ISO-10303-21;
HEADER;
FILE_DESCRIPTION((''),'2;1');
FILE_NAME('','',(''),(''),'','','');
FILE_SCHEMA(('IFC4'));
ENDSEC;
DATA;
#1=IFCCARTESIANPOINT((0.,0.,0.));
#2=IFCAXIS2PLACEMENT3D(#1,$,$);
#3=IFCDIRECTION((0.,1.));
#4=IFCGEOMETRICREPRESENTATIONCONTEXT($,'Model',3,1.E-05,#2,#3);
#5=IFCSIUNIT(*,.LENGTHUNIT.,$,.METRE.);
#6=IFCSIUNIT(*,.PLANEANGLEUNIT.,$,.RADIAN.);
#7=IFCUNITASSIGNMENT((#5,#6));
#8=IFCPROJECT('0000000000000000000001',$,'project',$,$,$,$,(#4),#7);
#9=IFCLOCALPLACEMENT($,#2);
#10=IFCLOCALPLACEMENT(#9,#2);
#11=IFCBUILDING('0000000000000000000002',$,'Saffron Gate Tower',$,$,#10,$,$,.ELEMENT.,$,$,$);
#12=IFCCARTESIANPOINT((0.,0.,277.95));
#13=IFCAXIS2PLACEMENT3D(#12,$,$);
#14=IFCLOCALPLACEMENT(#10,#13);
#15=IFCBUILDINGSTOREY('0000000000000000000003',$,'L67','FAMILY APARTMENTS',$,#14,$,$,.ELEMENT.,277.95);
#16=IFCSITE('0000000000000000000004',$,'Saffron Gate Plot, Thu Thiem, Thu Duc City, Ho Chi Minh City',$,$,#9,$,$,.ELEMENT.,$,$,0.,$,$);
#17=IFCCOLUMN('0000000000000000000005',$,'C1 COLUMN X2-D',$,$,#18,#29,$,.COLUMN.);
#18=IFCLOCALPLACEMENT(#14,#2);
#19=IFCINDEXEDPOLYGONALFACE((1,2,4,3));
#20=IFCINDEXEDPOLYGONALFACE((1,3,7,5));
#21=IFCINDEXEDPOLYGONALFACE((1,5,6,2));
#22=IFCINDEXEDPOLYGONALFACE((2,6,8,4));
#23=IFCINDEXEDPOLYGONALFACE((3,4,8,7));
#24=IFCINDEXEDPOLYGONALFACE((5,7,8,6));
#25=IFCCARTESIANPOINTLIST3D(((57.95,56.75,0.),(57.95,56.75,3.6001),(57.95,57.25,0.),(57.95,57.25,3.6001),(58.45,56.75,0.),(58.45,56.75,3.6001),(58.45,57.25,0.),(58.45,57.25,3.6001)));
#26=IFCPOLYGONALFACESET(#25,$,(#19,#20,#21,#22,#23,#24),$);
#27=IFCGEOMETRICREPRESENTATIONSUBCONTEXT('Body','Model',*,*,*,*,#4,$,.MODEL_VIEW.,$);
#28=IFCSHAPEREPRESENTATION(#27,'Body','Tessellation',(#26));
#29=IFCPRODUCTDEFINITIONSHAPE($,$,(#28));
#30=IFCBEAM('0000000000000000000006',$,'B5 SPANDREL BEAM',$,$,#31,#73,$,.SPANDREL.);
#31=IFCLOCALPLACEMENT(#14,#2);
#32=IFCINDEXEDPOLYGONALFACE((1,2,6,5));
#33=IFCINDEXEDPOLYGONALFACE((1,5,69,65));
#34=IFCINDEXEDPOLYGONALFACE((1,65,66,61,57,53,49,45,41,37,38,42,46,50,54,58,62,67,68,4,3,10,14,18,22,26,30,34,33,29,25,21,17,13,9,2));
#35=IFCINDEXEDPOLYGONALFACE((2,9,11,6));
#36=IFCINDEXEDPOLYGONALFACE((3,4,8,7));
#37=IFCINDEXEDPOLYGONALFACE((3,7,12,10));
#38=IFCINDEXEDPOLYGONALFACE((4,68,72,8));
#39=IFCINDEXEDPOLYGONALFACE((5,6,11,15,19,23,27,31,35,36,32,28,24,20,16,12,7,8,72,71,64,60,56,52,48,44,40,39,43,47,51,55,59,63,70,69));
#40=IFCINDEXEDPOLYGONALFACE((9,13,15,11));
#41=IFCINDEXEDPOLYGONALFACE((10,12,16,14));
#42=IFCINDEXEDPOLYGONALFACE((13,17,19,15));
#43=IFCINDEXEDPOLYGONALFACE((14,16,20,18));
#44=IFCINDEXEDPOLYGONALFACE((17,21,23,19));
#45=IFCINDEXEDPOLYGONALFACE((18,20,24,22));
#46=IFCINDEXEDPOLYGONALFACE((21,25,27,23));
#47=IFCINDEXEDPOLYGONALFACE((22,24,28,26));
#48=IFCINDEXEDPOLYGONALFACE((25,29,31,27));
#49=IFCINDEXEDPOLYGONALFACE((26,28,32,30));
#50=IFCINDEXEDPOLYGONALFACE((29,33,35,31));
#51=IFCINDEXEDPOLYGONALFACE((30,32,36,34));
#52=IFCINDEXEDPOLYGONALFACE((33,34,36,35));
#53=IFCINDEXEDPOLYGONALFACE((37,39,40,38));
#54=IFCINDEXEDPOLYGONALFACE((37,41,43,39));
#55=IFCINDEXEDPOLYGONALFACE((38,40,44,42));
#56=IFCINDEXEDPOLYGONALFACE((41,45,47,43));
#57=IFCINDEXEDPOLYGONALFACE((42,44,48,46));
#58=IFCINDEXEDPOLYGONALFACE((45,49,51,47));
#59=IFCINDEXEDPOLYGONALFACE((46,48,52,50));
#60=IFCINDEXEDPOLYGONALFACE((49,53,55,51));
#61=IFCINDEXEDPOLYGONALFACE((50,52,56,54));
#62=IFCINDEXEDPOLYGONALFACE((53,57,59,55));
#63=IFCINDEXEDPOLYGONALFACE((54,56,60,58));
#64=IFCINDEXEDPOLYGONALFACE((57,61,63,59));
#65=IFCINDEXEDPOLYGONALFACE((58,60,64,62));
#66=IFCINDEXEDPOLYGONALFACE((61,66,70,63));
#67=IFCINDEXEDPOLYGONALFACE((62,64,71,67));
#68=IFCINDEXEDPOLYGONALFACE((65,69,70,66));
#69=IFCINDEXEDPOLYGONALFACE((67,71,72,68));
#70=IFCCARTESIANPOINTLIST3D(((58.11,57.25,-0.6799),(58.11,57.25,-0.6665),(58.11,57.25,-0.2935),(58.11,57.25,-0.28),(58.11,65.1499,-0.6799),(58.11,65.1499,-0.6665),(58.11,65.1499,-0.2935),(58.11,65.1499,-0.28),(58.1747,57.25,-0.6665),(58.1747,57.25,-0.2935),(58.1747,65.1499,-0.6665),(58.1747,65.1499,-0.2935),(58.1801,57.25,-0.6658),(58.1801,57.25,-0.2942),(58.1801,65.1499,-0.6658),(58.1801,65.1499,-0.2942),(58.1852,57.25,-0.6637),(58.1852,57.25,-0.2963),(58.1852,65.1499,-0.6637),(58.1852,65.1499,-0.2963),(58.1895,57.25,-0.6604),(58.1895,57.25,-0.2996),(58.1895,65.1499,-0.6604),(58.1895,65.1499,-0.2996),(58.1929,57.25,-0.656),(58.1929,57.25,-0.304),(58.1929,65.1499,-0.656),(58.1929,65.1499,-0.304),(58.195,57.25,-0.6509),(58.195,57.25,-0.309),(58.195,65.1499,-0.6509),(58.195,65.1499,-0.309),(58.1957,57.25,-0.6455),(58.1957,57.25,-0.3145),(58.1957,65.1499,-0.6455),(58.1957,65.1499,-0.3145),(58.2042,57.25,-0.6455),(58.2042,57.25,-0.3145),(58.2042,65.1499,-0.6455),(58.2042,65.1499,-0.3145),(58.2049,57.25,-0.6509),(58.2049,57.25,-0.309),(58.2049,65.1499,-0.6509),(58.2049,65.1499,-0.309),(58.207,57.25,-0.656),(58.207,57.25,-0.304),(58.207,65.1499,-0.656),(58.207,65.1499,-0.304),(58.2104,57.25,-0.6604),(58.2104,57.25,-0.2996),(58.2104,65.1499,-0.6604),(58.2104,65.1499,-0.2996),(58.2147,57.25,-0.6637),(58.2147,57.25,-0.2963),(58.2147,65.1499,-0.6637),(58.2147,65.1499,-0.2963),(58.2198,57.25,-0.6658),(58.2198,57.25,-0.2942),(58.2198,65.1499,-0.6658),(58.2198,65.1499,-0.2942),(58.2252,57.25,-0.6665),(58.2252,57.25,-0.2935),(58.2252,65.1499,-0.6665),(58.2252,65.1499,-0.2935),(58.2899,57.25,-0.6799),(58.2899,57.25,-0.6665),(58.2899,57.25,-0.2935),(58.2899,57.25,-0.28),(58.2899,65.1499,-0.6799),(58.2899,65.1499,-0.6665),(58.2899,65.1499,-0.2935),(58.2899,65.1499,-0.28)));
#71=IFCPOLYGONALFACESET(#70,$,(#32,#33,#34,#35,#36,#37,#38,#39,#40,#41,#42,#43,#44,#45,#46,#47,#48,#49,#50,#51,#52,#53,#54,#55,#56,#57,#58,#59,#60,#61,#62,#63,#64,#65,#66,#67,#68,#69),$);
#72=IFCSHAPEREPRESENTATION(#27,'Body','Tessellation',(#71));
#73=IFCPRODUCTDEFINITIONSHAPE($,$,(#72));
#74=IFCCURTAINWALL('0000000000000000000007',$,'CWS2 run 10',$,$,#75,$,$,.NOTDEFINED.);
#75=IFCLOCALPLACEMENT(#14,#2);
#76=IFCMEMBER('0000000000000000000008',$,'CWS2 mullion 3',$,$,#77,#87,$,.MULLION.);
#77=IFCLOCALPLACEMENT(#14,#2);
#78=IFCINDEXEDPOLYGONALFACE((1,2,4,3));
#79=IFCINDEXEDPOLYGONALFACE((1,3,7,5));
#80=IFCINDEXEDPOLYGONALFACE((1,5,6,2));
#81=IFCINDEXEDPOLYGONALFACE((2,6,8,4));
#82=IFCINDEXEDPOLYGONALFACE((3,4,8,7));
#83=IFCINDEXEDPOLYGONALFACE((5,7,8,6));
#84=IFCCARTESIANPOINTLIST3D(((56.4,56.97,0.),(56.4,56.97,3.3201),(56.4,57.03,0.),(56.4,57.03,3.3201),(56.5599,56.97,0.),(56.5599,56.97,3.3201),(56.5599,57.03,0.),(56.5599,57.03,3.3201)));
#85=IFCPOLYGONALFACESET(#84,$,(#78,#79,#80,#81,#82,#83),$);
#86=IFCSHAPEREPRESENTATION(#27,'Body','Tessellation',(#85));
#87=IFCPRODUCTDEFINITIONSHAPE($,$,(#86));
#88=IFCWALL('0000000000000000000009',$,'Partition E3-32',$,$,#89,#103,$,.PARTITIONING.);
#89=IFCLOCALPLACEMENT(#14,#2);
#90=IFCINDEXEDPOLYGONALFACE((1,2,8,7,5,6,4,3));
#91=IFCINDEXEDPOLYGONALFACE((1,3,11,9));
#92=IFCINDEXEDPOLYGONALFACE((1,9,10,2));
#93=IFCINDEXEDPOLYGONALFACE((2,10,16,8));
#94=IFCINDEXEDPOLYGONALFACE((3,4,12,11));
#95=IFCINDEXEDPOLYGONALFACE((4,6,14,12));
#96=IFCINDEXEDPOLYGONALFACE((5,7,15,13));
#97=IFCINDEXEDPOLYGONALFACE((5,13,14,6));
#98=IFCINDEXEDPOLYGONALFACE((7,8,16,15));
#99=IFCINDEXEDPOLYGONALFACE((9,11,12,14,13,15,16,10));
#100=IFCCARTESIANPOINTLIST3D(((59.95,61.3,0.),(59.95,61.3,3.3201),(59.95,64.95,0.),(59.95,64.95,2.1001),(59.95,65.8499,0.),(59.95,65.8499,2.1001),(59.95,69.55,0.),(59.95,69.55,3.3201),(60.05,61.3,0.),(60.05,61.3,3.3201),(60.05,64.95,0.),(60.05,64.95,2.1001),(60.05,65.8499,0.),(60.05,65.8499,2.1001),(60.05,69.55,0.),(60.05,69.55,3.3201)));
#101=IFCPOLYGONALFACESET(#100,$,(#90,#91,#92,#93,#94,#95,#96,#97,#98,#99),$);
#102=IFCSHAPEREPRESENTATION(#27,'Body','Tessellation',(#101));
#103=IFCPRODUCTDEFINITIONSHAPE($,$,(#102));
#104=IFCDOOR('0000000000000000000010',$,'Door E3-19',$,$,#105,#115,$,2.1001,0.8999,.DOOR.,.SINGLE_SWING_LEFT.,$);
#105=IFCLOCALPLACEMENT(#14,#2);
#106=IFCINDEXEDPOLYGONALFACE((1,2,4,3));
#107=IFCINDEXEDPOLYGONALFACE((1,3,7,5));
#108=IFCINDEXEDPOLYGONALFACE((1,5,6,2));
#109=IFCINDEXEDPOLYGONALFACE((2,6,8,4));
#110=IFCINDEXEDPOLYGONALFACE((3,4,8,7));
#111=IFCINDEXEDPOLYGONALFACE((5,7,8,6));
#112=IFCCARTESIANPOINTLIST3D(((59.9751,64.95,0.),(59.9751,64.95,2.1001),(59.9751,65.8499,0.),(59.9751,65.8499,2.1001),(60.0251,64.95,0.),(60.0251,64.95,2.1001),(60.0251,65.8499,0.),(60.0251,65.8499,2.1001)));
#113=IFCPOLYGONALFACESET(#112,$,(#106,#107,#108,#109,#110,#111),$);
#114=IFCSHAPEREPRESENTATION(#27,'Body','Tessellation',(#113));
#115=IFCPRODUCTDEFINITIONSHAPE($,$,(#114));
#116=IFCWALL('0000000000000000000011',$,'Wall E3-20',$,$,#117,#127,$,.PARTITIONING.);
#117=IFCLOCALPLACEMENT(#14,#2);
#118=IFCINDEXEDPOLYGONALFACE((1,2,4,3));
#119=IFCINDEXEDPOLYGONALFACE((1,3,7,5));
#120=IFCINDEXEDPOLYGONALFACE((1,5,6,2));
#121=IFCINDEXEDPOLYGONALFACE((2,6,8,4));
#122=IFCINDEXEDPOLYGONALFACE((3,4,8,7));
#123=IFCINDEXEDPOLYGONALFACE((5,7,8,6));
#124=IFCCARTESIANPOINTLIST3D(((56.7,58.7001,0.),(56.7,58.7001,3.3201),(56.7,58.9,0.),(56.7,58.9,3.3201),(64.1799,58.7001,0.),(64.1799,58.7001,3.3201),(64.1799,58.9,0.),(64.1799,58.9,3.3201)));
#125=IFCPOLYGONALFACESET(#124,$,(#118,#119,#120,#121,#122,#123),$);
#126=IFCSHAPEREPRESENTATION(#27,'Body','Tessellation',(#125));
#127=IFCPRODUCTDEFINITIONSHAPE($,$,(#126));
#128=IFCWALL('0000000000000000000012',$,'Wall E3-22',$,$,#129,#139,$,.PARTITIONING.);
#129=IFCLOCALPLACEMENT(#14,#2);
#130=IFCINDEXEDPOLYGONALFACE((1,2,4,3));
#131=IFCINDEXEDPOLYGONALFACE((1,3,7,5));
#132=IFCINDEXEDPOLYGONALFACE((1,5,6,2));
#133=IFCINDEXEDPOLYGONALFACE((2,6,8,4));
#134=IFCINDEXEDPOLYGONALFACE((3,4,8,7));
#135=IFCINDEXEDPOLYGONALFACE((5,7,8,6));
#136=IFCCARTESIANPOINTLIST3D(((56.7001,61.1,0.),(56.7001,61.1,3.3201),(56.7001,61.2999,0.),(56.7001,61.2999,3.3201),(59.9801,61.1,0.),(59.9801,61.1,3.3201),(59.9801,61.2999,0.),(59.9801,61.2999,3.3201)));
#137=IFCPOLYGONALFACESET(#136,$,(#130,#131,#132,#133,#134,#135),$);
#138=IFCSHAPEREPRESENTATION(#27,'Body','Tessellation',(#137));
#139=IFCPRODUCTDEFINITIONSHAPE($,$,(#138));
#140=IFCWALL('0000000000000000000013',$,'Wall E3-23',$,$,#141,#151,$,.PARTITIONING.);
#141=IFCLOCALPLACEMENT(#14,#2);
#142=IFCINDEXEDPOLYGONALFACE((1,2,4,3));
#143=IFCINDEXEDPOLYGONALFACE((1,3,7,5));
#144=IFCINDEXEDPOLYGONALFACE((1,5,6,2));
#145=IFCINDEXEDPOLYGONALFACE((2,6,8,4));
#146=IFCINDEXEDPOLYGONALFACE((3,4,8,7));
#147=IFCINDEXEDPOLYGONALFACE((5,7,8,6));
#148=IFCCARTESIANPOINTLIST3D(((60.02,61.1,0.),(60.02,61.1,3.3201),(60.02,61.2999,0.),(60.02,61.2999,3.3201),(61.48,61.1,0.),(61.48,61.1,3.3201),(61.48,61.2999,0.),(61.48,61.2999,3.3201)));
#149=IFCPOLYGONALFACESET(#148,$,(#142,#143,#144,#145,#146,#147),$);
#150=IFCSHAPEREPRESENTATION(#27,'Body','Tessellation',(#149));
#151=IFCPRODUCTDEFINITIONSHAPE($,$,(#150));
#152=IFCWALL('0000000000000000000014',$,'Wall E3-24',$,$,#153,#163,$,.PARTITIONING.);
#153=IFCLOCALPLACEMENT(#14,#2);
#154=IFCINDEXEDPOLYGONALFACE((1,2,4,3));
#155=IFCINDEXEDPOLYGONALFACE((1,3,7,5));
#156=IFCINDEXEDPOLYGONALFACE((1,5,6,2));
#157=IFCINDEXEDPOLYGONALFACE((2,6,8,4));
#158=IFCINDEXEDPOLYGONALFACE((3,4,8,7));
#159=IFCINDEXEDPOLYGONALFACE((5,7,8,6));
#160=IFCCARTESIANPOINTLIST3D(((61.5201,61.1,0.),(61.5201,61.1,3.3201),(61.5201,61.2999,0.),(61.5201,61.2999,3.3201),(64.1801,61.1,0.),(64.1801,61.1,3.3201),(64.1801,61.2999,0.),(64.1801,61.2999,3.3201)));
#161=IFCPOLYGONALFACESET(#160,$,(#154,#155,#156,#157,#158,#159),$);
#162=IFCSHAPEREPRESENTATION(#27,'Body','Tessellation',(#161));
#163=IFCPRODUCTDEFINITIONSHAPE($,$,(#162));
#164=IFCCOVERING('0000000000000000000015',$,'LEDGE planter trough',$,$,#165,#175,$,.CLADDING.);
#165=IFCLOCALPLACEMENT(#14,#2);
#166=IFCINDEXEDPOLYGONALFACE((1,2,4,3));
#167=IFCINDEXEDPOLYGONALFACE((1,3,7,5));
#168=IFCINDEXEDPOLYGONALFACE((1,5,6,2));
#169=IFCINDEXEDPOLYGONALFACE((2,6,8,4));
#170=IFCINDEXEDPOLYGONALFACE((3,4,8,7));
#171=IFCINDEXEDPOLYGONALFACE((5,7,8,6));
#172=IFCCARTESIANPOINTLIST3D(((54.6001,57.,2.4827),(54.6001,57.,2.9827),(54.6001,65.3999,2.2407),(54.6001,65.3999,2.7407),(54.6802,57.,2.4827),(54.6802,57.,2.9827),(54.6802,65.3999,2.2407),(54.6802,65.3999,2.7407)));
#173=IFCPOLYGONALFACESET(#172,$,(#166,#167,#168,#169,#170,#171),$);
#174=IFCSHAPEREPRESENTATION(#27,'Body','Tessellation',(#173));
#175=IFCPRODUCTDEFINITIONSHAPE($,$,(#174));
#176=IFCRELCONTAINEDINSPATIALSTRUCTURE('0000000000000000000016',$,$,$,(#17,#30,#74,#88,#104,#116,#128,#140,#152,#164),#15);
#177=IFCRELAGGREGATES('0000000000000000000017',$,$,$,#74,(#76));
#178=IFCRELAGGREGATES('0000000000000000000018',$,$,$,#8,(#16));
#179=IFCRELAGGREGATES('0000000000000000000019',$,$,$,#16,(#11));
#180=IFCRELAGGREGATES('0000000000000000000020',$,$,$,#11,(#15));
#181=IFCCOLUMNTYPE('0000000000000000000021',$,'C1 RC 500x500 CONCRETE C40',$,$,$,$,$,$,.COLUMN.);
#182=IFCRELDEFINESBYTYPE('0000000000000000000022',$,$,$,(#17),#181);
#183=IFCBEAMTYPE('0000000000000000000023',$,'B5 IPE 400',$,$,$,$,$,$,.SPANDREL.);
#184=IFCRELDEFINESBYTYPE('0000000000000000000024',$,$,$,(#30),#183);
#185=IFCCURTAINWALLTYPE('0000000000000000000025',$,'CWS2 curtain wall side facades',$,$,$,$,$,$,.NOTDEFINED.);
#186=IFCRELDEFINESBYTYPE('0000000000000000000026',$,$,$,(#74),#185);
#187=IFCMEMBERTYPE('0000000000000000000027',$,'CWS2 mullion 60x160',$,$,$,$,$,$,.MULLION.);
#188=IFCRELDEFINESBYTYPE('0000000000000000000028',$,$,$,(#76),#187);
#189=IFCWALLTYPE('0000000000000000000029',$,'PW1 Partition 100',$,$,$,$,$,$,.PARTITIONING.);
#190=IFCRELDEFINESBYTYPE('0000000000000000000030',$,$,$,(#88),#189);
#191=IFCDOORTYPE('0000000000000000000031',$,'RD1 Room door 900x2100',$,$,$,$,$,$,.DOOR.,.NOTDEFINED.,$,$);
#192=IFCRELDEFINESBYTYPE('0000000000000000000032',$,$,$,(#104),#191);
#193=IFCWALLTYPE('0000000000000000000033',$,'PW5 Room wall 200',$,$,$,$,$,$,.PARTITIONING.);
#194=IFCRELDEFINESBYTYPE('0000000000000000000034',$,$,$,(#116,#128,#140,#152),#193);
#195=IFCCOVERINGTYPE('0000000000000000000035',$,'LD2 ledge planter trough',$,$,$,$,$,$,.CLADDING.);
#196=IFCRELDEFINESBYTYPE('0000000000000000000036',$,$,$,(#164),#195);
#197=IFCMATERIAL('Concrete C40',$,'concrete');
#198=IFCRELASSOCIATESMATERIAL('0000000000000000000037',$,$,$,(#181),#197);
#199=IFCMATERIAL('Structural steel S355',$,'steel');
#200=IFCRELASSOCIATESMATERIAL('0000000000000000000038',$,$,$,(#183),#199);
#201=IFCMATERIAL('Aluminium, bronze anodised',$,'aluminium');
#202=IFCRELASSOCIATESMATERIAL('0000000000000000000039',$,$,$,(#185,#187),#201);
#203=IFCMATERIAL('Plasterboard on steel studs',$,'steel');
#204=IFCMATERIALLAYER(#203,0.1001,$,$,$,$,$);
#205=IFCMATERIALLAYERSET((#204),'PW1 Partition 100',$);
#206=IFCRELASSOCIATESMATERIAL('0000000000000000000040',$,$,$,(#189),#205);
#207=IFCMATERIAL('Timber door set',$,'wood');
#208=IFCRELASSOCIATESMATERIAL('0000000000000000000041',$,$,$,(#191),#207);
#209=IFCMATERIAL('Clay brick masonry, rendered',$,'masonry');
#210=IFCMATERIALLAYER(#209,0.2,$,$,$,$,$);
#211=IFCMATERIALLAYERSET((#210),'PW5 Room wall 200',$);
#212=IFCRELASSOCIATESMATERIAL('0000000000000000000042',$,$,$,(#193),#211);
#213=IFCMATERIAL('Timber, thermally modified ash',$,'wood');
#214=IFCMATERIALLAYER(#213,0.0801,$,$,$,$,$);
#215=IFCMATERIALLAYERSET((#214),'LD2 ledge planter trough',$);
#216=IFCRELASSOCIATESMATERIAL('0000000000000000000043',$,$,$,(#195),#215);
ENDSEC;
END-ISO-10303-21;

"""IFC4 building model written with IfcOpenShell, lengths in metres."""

from ifc_helpers import new_model, si_unit, direction, frame, frame_2d, origin, origin_2d, place, context, subcontext, project, spatial, polyline, rectangle, i_section, outline, extrude, material, layer, layer_set, material_profile, profile_set, type_object, element, fill, aggregate, save


model = new_model("IFC4")

# Units and contexts
model_context = context("Model", 3, precision=1e-05, world=origin(), true_north=direction((0.0, 1.0)))
body_context = subcontext(model_context, "Body", "Model", "MODEL_VIEW")
ifc_project = project(units=[si_unit("LENGTHUNIT", "METRE"), si_unit("PLANEANGLEUNIT", "RADIAN")], contexts=[model_context])

# Site, building, storey
site_placement = place(None, origin())
site = spatial("IfcSite", under=ifc_project, at=site_placement, Name="Saffron Gate Plot, Thu Thiem, Thu Duc City, Ho Chi Minh City", CompositionType="ELEMENT", RefElevation=0.0)
building_placement = place(site_placement, origin())
building = spatial("IfcBuilding", under=site, at=building_placement, Name="Saffron Gate Tower", CompositionType="ELEMENT")
storey_placement = place(building_placement, frame((0.0, 0.0, 277.95)))
storey = spatial("IfcBuildingStorey", under=building, at=storey_placement, Name="L67", Description="FAMILY APARTMENTS", CompositionType="ELEMENT", Elevation=277.95)

# Column
ifc_material_1 = material(Name="Concrete C40", Category="concrete")
ifc_material_profile_1 = material_profile(ifc_material_1, rectangle(XDim=0.5, YDim=0.5, at=origin_2d()))
ifc_profile_set_1 = profile_set([ifc_material_profile_1], Name="Concrete C40")
column_type = type_object("IfcColumnType", Name="C1 RC 500x500 CONCRETE C40", PredefinedType="COLUMN", material=ifc_profile_set_1)
column_placement = place(storey_placement, frame((58.2, 57.0, 0.0), z_axis=(0.0, 0.0, 1.0), x_axis=(1.0, 0.0, 0.0)))
element("IfcColumn", 1, at=column_placement, inside=storey, type_object=column_type, Name="C1 COLUMN X2-D", PredefinedType="COLUMN", context=body_context, shape_type="SweptSolid", body=[
    extrude(rectangle(XDim=0.5, YDim=0.5, at=origin_2d()), origin(), (0.0, 0.0, 1.0), 3.6001),
])

# Beam
ifc_material_2 = material(Name="Structural steel S355", Category="steel")
ifc_material_profile_2 = material_profile(ifc_material_2, i_section(OverallWidth=0.1799, OverallDepth=0.3999, WebThickness=0.0085, FlangeThickness=0.0134, FilletRadius=0.021, at=origin_2d()))
ifc_profile_set_2 = profile_set([ifc_material_profile_2], Name="Structural steel S355")
beam_type = type_object("IfcBeamType", Name="B5 IPE 400", PredefinedType="SPANDREL", material=ifc_profile_set_2)
beam_placement = place(storey_placement, frame((58.2, 57.25, -0.48), z_axis=(0.0, 1.0, 0.0), x_axis=(-1.0, 0.0, 0.0)))
element("IfcBeam", 2, at=beam_placement, inside=storey, type_object=beam_type, Name="B5 SPANDREL BEAM", PredefinedType="SPANDREL", context=body_context, shape_type="SweptSolid", body=[
    extrude(i_section(OverallWidth=0.1799, OverallDepth=0.3999, WebThickness=0.0085, FlangeThickness=0.0134, FilletRadius=0.021, at=origin_2d()), origin(), (0.0, 0.0, 1.0), 7.8999),
])

# Curtain wall, member
ifc_material_3 = material(Name="Aluminium, bronze anodised", Category="aluminium")
curtain_wall_type = type_object("IfcCurtainWallType", Name="CWS2 curtain wall side facades", PredefinedType="NOTDEFINED", material=ifc_material_3)
curtain_wall_placement = place(storey_placement, origin())
curtain_wall = element("IfcCurtainWall", 3, at=curtain_wall_placement, inside=storey, type_object=curtain_wall_type, Name="CWS2 run 10", PredefinedType="NOTDEFINED")
ifc_material_profile_3 = material_profile(ifc_material_3, rectangle(XDim=0.1599, YDim=0.0601, at=origin_2d()))
ifc_profile_set_3 = profile_set([ifc_material_profile_3], Name="Aluminium, bronze anodised")
member_type = type_object("IfcMemberType", Name="CWS2 mullion 60x160", PredefinedType="MULLION", material=ifc_profile_set_3)
member_placement = place(storey_placement, frame((56.48, 57.0, 0.0), z_axis=(0.0, 0.0, 1.0), x_axis=(1.0, 0.0, 0.0)))
member = element("IfcMember", 4, at=member_placement, type_object=member_type, Name="CWS2 mullion 3", PredefinedType="MULLION", context=body_context, shape_type="SweptSolid", body=[
    extrude(rectangle(XDim=0.1599, YDim=0.0601, at=origin_2d()), origin(), (0.0, 0.0, 1.0), 3.3201),
])
aggregate(curtain_wall, [member])

# Wall, opening, door
ifc_material_4 = material(Name="Plasterboard on steel studs", Category="steel")
ifc_layer_1 = layer(ifc_material_4, 0.1001)
ifc_layer_set_1 = layer_set([ifc_layer_1], Name="PW1 Partition 100")
wall_type_1 = type_object("IfcWallType", Name="PW1 Partition 100", PredefinedType="PARTITIONING", material=ifc_layer_set_1)
wall_1_placement = place(storey_placement, frame((60.0, 61.3, 0.0), z_axis=(0.0, 0.0, 1.0), x_axis=(0.0, 1.0, 0.0)))
wall_1 = element("IfcWall", 5, at=wall_1_placement, inside=storey, type_object=wall_type_1, Name="Partition E3-32", PredefinedType="PARTITIONING", context=body_context, shape_type="SweptSolid", body=[
    extrude(rectangle(XDim=8.25, YDim=0.1001, at=frame_2d((4.125, 0.0))), origin(), (0.0, 0.0, 1.0), 3.3201),
])
opening_placement = place(wall_1_placement, frame((3.6499, 0.0, 0.0)))
opening = element("IfcOpeningElement", 6, at=opening_placement, cuts=wall_1, PredefinedType="OPENING", context=body_context, shape_type="SweptSolid", body=[
    extrude(rectangle(XDim=0.8999, YDim=2.1001, at=frame_2d((0.45, 1.05))), frame((0.0, 0.0601, 0.0), z_axis=(0.0, -1.0, 0.0), x_axis=(1.0, 0.0, 0.0)), (0.0, 0.0, 1.0), 0.1201),
])
ifc_material_5 = material(Name="Timber door set", Category="wood")
door_type = type_object("IfcDoorType", Name="RD1 Room door 900x2100", OperationType="NOTDEFINED", PredefinedType="DOOR", material=ifc_material_5)
door_placement = place(opening_placement, origin())
door = element("IfcDoor", 7, at=door_placement, inside=storey, type_object=door_type, Name="Door E3-19", OperationType="SINGLE_SWING_LEFT", OverallHeight=2.1001, OverallWidth=0.8999, PredefinedType="DOOR", context=body_context, shape_type="SweptSolid", body=[
    extrude(rectangle(XDim=0.8999, YDim=2.1001, at=frame_2d((0.45, 1.05))), frame((0.0, 0.0249, 0.0), z_axis=(0.0, -1.0, 0.0), x_axis=(1.0, 0.0, 0.0)), (0.0, 0.0, 1.0), 0.05),
])
fill(opening, door)

# Walls
ifc_material_6 = material(Name="Clay brick masonry, rendered", Category="masonry")
ifc_layer_2 = layer(ifc_material_6, 0.2)
ifc_layer_set_2 = layer_set([ifc_layer_2], Name="PW5 Room wall 200")
wall_type_2 = type_object("IfcWallType", Name="PW5 Room wall 200", PredefinedType="PARTITIONING", material=ifc_layer_set_2)
wall_2_placement = place(storey_placement, frame((56.7, 58.8, 0.0), z_axis=(0.0, 0.0, 1.0), x_axis=(1.0, 0.0, 0.0)))
element("IfcWall", 8, at=wall_2_placement, inside=storey, type_object=wall_type_2, Name="Wall E3-20", PredefinedType="PARTITIONING", context=body_context, shape_type="SweptSolid", body=[
    extrude(rectangle(XDim=7.48, YDim=0.2, at=frame_2d((3.74, 0.0))), origin(), (0.0, 0.0, 1.0), 3.3201),
])
wall_3_placement = place(storey_placement, frame((56.7, 61.2, 0.0), z_axis=(0.0, 0.0, 1.0), x_axis=(1.0, 0.0, 0.0)))
element("IfcWall", 9, at=wall_3_placement, inside=storey, type_object=wall_type_2, Name="Wall E3-22", PredefinedType="PARTITIONING", context=body_context, shape_type="SweptSolid", body=[
    extrude(rectangle(XDim=3.28, YDim=0.2, at=frame_2d((1.6401, 0.0))), origin(), (0.0, 0.0, 1.0), 3.3201),
])
wall_4_placement = place(storey_placement, frame((60.02, 61.2, 0.0), z_axis=(0.0, 0.0, 1.0), x_axis=(1.0, 0.0, 0.0)))
element("IfcWall", 10, at=wall_4_placement, inside=storey, type_object=wall_type_2, Name="Wall E3-23", PredefinedType="PARTITIONING", context=body_context, shape_type="SweptSolid", body=[
    extrude(rectangle(XDim=1.46, YDim=0.2, at=frame_2d((0.73, 0.0))), origin(), (0.0, 0.0, 1.0), 3.3201),
])
wall_5_placement = place(storey_placement, frame((61.52, 61.2, 0.0), z_axis=(0.0, 0.0, 1.0), x_axis=(1.0, 0.0, 0.0)))
element("IfcWall", 11, at=wall_5_placement, inside=storey, type_object=wall_type_2, Name="Wall E3-24", PredefinedType="PARTITIONING", context=body_context, shape_type="SweptSolid", body=[
    extrude(rectangle(XDim=2.6599, YDim=0.2, at=frame_2d((1.3301, 0.0))), origin(), (0.0, 0.0, 1.0), 3.3201),
])

# Covering
ifc_material_7 = material(Name="Timber, thermally modified ash", Category="wood")
ifc_layer_3 = layer(ifc_material_7, 0.0801)
ifc_layer_set_3 = layer_set([ifc_layer_3], Name="LD2 ledge planter trough")
covering_type_1 = type_object("IfcCoveringType", Name="LD2 ledge planter trough", PredefinedType="CLADDING", material=ifc_layer_set_3)
covering_1_placement = place(storey_placement, frame((54.6001, 65.3999, 2.2407), z_axis=(-1.0, 0.0, 0.0), x_axis=(0.0, -0.999585, 0.028791)))
element("IfcCovering", 12, at=covering_1_placement, inside=storey, type_object=covering_type_1, Name="LEDGE planter trough", PredefinedType="CLADDING", context=body_context, shape_type="SweptSolid", body=[
    extrude(outline(polyline([(0.0, 0.0), (8.4034, 0.0), (8.4178, 0.4998), (0.0144, 0.4998), (0.0, 0.0)])), origin(), (0.0, 0.0, -1.0), 0.0801),
])

save(model, "model.ifc")
